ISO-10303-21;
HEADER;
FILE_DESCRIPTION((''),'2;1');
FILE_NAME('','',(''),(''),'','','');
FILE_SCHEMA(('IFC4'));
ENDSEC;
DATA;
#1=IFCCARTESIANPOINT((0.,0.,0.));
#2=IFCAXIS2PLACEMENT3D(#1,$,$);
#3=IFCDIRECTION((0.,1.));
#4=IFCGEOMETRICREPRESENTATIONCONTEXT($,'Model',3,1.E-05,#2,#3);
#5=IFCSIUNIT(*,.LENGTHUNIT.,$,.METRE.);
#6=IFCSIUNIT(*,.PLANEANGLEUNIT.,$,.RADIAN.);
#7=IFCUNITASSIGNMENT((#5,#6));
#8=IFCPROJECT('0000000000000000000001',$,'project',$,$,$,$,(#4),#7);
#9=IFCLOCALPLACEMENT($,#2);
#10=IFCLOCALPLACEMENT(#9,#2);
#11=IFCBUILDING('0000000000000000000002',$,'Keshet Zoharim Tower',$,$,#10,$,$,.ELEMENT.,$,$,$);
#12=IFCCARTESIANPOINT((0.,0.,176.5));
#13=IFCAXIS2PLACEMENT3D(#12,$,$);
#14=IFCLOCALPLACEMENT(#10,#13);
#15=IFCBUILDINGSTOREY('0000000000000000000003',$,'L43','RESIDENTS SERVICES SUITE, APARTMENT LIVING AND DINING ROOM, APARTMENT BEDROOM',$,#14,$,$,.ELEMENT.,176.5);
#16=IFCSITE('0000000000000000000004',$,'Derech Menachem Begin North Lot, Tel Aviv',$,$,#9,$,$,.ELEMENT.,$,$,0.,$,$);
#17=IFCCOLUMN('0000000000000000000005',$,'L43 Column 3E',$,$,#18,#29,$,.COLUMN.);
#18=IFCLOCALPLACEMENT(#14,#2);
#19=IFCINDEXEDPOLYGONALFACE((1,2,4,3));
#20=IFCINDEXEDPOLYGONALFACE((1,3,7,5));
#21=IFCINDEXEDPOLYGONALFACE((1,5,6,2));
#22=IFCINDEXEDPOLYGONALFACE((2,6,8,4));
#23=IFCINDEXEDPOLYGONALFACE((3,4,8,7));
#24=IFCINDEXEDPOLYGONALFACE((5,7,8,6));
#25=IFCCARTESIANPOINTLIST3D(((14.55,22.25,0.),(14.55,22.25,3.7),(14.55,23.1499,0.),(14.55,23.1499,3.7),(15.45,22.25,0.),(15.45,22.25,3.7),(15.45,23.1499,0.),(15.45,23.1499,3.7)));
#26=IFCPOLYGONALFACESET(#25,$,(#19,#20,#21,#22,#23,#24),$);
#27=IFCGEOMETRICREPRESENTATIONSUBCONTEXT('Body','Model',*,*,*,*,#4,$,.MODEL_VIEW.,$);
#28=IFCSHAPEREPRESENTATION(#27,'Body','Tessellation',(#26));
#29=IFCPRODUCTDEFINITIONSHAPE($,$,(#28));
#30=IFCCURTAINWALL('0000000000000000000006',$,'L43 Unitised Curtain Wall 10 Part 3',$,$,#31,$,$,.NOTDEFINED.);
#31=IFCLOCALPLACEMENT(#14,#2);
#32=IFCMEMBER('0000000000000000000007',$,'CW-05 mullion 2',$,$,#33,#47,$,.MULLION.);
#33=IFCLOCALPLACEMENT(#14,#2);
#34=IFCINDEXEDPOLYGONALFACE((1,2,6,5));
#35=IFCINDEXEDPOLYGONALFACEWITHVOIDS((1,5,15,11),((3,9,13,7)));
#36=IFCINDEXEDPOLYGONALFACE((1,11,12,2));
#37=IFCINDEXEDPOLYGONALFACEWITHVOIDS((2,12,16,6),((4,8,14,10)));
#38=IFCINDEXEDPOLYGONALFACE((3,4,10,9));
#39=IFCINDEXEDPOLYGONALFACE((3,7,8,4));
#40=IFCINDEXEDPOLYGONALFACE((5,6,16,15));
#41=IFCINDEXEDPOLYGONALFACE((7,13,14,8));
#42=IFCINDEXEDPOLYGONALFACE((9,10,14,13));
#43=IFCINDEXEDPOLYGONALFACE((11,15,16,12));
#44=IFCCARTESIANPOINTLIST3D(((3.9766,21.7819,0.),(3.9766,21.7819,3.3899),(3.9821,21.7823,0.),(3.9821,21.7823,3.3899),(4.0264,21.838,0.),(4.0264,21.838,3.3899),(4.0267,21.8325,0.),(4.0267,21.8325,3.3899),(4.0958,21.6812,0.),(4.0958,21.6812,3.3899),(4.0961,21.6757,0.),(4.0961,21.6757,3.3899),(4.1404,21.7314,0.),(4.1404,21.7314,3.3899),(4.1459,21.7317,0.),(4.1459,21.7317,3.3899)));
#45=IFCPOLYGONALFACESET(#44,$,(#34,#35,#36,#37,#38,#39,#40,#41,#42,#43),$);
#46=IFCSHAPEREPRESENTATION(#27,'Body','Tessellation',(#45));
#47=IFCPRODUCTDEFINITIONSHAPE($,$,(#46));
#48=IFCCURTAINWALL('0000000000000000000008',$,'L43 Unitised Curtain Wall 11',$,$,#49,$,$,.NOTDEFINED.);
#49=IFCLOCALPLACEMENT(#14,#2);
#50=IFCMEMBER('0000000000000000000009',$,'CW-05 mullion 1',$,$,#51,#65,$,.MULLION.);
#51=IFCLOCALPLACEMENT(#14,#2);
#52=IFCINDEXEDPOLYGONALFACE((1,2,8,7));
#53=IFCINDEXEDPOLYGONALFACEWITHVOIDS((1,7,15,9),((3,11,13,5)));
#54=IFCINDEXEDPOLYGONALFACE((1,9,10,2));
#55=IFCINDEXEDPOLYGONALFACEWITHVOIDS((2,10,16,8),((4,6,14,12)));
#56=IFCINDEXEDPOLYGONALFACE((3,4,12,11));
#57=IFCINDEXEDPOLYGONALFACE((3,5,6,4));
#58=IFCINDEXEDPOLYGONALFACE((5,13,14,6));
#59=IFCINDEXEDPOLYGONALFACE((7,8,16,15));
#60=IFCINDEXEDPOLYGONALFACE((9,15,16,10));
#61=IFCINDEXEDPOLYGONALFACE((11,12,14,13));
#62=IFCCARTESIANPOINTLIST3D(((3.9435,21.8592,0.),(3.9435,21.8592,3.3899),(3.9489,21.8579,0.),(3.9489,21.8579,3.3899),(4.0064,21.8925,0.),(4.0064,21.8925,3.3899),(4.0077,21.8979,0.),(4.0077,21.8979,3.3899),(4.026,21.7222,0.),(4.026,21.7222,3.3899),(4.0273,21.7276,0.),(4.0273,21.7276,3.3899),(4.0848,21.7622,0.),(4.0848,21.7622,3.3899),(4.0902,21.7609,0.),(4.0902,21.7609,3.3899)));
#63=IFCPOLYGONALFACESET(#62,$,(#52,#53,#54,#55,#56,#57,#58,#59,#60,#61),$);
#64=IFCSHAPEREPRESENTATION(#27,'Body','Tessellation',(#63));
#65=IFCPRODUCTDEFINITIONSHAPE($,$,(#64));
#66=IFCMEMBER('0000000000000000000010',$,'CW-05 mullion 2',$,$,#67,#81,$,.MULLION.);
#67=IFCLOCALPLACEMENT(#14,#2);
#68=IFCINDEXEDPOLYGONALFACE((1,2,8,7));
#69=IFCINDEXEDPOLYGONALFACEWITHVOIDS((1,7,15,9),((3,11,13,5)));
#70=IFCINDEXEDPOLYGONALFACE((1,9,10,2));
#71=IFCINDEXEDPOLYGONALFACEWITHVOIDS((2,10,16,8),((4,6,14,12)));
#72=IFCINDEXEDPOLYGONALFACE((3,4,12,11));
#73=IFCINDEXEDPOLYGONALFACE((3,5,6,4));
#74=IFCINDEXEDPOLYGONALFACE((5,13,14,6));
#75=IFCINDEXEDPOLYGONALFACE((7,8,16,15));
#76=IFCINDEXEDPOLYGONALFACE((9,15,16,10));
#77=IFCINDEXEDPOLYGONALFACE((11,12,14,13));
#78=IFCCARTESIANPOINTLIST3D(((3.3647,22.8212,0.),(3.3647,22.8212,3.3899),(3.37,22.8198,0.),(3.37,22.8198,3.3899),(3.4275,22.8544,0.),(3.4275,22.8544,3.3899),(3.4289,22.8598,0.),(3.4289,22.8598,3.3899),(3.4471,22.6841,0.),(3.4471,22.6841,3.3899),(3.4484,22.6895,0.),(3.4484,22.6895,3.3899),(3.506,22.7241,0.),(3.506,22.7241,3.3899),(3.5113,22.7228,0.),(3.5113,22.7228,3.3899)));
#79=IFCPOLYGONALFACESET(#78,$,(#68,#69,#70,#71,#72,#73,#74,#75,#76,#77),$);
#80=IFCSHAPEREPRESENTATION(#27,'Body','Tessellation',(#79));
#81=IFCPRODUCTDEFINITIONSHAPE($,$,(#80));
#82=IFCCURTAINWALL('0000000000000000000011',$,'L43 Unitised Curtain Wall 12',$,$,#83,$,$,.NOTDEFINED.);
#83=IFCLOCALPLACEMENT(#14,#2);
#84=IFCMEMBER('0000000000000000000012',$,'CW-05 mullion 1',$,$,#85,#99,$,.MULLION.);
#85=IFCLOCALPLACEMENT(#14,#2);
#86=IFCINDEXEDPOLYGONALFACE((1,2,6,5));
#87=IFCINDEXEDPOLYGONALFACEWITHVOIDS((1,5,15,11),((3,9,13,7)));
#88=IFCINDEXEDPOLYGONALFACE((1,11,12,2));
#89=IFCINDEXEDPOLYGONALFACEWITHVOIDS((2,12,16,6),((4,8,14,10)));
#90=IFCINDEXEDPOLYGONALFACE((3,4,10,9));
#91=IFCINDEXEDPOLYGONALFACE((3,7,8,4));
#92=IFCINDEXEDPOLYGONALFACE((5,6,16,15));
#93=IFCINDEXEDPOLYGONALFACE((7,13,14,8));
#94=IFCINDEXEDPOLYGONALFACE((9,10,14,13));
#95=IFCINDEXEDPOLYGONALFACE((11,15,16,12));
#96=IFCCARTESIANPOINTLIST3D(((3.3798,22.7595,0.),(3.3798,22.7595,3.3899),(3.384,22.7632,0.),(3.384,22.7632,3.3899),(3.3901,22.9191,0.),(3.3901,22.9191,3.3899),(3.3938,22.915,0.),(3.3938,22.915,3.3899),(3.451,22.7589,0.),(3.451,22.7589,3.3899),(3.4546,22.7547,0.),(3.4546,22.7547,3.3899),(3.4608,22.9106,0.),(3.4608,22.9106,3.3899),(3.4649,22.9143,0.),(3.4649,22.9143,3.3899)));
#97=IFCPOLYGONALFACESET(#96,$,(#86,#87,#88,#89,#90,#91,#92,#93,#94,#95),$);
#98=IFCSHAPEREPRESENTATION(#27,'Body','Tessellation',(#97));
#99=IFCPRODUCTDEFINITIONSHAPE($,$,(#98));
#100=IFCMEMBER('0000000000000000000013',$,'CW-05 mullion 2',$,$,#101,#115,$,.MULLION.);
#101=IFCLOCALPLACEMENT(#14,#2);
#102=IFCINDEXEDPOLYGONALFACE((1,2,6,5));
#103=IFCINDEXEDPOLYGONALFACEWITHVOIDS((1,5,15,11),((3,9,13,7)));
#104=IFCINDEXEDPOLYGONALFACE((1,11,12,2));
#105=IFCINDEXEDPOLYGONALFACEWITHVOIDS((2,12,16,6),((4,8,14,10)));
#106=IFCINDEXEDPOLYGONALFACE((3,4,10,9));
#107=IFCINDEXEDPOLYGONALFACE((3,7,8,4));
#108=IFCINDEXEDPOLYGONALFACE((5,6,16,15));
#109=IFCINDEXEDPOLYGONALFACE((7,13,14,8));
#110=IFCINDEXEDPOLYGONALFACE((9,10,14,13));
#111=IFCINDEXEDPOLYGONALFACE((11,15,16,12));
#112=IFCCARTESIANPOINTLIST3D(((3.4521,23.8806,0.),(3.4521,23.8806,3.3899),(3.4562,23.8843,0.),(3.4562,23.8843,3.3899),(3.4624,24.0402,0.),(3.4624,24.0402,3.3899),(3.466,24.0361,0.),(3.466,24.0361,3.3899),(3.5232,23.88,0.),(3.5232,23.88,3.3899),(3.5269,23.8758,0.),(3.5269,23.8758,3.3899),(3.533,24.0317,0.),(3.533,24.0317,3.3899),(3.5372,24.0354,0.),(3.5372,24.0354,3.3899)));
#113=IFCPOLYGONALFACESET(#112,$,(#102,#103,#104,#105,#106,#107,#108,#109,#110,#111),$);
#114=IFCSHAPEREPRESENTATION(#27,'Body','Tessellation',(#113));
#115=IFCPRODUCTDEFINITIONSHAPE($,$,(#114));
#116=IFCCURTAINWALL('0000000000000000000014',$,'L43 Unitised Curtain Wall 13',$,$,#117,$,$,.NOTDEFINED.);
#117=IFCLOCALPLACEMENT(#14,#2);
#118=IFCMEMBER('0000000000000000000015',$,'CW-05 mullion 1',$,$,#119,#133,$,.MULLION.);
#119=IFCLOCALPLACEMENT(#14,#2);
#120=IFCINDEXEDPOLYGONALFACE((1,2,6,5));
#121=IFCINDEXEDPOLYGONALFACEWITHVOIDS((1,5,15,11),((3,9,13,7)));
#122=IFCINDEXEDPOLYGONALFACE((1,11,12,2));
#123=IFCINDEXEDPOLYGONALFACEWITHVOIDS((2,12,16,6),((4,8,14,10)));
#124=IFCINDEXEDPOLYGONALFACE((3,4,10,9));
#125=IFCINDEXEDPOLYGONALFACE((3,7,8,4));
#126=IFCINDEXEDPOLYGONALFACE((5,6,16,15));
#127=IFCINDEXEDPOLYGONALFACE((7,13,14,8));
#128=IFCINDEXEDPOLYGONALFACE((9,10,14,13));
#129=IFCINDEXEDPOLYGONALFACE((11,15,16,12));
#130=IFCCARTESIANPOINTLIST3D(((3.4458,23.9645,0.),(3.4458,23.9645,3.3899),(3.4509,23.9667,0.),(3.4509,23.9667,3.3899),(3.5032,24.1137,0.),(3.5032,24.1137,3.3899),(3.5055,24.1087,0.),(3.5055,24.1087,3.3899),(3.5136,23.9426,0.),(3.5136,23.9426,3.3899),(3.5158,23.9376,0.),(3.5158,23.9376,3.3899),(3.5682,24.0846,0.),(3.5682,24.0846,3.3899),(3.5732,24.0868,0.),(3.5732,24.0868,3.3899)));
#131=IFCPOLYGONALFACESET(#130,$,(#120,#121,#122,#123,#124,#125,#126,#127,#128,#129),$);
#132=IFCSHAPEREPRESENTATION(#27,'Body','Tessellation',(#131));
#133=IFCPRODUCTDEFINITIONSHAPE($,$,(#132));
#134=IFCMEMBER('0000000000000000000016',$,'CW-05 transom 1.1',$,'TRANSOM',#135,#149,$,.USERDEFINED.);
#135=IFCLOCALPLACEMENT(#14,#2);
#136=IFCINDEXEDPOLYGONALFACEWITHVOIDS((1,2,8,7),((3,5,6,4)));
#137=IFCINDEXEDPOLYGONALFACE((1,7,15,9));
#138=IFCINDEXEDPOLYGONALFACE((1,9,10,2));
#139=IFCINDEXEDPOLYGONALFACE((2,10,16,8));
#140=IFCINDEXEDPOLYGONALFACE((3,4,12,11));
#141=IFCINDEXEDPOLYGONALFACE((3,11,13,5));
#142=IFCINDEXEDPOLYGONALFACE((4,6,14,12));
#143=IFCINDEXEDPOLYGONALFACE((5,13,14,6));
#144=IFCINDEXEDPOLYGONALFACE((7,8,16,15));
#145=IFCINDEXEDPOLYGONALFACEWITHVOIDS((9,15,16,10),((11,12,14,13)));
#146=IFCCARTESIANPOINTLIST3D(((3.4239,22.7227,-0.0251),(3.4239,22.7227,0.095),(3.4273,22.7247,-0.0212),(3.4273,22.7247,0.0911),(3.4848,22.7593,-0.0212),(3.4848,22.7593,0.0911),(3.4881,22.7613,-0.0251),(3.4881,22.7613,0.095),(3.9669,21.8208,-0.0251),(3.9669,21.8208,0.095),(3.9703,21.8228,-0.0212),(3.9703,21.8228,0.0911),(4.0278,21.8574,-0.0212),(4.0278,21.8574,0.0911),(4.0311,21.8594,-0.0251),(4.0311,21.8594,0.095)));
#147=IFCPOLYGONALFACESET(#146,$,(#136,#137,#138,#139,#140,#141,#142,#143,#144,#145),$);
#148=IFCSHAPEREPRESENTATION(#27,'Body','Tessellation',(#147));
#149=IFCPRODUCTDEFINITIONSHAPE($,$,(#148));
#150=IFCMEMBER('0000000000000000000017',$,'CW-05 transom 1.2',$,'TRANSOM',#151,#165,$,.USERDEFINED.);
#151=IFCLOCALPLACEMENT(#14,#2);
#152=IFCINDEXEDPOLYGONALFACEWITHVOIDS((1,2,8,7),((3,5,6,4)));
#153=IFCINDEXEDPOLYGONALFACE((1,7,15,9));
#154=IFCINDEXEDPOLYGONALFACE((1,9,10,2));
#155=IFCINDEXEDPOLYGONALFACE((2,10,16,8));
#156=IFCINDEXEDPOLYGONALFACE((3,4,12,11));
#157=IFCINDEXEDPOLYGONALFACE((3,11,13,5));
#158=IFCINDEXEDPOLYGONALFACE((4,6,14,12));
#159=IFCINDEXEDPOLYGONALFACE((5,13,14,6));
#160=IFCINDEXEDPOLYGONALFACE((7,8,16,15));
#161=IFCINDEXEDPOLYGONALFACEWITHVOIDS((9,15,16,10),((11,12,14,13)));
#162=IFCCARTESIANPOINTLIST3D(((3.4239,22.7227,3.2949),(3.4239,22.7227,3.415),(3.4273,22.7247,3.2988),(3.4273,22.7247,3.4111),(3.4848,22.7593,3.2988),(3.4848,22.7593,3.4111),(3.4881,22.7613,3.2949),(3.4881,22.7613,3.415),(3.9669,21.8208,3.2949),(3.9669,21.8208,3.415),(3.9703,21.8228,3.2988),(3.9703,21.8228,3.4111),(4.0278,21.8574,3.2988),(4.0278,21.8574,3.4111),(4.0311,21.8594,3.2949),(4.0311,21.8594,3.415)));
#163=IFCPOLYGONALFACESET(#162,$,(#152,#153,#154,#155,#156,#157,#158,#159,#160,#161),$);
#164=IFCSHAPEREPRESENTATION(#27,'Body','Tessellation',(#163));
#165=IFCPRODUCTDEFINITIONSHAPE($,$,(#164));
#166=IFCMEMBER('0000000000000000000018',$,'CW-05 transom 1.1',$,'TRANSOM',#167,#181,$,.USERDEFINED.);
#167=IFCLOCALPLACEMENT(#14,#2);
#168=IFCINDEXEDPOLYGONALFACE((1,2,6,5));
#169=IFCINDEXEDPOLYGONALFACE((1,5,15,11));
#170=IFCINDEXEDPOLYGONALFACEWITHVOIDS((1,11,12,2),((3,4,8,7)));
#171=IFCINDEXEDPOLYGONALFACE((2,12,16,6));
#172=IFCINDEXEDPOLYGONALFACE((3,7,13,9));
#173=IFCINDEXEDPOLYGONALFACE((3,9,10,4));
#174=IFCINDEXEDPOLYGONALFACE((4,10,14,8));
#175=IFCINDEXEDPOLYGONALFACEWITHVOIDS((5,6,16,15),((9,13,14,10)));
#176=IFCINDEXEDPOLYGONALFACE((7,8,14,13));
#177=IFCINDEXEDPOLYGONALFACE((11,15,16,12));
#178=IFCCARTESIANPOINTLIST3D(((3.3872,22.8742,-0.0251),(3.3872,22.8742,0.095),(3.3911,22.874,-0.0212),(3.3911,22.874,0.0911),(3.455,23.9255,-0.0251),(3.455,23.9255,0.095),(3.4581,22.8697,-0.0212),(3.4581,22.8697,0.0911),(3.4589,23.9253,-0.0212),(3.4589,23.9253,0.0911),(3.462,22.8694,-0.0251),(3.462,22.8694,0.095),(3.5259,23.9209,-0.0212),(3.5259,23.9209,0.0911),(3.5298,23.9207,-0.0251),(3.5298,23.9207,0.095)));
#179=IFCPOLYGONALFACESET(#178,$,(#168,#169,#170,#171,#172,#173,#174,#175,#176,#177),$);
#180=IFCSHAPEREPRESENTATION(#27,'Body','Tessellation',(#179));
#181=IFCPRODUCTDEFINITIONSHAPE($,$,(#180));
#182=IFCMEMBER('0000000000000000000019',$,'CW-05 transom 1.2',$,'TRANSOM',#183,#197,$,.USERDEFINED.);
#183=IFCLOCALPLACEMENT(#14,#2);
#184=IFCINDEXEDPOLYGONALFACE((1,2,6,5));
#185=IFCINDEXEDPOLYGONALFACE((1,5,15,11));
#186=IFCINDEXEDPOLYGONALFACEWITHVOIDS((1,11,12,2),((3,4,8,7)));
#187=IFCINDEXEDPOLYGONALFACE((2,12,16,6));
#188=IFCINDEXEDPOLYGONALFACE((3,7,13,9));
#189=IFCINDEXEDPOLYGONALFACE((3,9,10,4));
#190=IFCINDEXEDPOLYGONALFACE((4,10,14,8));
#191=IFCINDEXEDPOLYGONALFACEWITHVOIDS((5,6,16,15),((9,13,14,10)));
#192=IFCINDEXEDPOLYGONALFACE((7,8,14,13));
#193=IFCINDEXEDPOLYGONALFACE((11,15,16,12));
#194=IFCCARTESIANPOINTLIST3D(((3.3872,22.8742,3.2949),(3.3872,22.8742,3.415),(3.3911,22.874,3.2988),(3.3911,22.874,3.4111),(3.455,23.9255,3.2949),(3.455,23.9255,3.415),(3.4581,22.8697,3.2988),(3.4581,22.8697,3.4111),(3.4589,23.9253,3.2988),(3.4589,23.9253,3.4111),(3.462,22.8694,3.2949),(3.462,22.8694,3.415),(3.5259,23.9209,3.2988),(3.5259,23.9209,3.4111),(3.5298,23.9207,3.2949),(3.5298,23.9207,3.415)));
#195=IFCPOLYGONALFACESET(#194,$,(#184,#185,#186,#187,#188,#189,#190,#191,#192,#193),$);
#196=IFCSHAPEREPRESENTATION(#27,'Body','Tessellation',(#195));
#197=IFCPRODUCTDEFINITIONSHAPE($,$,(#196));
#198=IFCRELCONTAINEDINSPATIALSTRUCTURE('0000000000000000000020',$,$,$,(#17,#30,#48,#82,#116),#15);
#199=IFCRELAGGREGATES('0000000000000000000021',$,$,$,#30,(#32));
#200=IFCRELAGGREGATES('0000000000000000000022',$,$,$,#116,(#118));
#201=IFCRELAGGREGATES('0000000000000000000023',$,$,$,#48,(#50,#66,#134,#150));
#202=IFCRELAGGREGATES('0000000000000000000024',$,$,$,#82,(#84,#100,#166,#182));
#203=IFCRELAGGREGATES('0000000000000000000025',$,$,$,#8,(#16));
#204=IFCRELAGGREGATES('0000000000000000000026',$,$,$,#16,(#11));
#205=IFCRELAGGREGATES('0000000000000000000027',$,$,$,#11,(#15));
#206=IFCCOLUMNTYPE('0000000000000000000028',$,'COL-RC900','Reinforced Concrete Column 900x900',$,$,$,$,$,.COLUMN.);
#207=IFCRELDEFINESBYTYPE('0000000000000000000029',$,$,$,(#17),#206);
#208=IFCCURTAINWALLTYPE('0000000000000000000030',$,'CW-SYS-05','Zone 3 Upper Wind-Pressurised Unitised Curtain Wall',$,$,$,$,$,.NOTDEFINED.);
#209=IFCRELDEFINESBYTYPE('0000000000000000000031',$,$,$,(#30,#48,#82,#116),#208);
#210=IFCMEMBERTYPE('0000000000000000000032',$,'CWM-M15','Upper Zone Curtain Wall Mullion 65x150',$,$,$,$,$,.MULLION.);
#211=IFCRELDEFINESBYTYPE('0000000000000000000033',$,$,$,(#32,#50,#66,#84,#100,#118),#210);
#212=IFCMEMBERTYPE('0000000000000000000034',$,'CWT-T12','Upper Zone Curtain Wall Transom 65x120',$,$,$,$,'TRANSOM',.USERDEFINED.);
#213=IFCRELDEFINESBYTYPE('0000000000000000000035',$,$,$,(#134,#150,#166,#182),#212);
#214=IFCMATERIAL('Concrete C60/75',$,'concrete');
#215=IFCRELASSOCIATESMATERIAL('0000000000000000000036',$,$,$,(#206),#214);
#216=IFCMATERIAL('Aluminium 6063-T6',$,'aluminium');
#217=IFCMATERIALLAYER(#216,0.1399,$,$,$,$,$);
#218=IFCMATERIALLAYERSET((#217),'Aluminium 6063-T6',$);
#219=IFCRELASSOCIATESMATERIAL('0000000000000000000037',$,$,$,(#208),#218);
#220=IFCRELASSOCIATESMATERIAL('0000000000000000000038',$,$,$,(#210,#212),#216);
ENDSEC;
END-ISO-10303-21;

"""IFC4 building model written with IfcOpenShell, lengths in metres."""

from ifc_helpers import new_model, si_unit, direction, frame, origin, origin_2d, place, context, subcontext, project, spatial, rectangle, hollow_rectangle, extrude, material, layer, layer_set, material_profile, profile_set, type_object, element, aggregate, save


model = new_model("IFC4")

# Units and contexts
model_context = context("Model", 3, precision=1e-05, world=origin(), true_north=direction((0.0, 1.0)))
body_context = subcontext(model_context, "Body", "Model", "MODEL_VIEW")
ifc_project = project(units=[si_unit("LENGTHUNIT", "METRE"), si_unit("PLANEANGLEUNIT", "RADIAN")], contexts=[model_context])

# Site, building, storey
site_placement = place(None, origin())
site = spatial("IfcSite", under=ifc_project, at=site_placement, Name="Derech Menachem Begin North Lot, Tel Aviv", CompositionType="ELEMENT", RefElevation=0.0)
building_placement = place(site_placement, origin())
building = spatial("IfcBuilding", under=site, at=building_placement, Name="Keshet Zoharim Tower", CompositionType="ELEMENT")
storey_placement = place(building_placement, frame((0.0, 0.0, 176.5)))
storey = spatial("IfcBuildingStorey", under=building, at=storey_placement, Name="L43", Description="RESIDENTS SERVICES SUITE, APARTMENT LIVING AND DINING ROOM, APARTMENT BEDROOM", CompositionType="ELEMENT", Elevation=176.5)

# Column
ifc_material_1 = material(Name="Concrete C60/75", Category="concrete")
ifc_material_profile_1 = material_profile(ifc_material_1, rectangle(XDim=0.8999, YDim=0.8999, at=origin_2d()), Name="RC900x900")
ifc_profile_set_1 = profile_set([ifc_material_profile_1], Name="Concrete C60/75")
column_type = type_object("IfcColumnType", Name="COL-RC900", Description="Reinforced Concrete Column 900x900", PredefinedType="COLUMN", material=ifc_profile_set_1)
column_placement = place(storey_placement, frame((15.0, 22.7, 0.0), z_axis=(0.0, 0.0, 1.0), x_axis=(1.0, 0.0, 0.0)))
element("IfcColumn", 1, at=column_placement, inside=storey, type_object=column_type, Name="L43 Column 3E", PredefinedType="COLUMN", context=body_context, shape_type="SweptSolid", body=[
    extrude(rectangle(XDim=0.8999, YDim=0.8999, at=origin_2d()), origin(), (0.0, 0.0, 1.0), 3.7),
])

# Curtain wall, member
ifc_material_2 = material(Name="Aluminium 6063-T6", Category="aluminium")
ifc_layer_1 = layer(ifc_material_2, 0.1399)
ifc_layer_set_1 = layer_set([ifc_layer_1], Name="Aluminium 6063-T6")
curtain_wall_type = type_object("IfcCurtainWallType", Name="CW-SYS-05", Description="Zone 3 Upper Wind-Pressurised Unitised Curtain Wall", PredefinedType="NOTDEFINED", material=ifc_layer_set_1)
curtain_wall_1_placement = place(storey_placement, origin())
curtain_wall_1 = element("IfcCurtainWall", 2, at=curtain_wall_1_placement, inside=storey, type_object=curtain_wall_type, Name="L43 Unitised Curtain Wall 10 Part 3", PredefinedType="NOTDEFINED")
ifc_material_profile_2 = material_profile(ifc_material_2, hollow_rectangle(XDim=0.075, YDim=0.1599, WallThickness=0.0039, at=origin_2d()), Name="MUL-75x160")
ifc_profile_set_2 = profile_set([ifc_material_profile_2], Name="Aluminium 6063-T6")
member_type_1 = type_object("IfcMemberType", Name="CWM-M15", Description="Upper Zone Curtain Wall Mullion 65x150", PredefinedType="MULLION", material=ifc_profile_set_2)
member_1_placement = place(storey_placement, frame((4.0613, 21.7568, 0.0), z_axis=(0.0, 0.0, 1.0), x_axis=(-0.664367, -0.747407, 0.0)))
member_1 = element("IfcMember", 3, at=member_1_placement, type_object=member_type_1, Name="CW-05 mullion 2", PredefinedType="MULLION", context=body_context, shape_type="SweptSolid", body=[
    extrude(hollow_rectangle(XDim=0.075, YDim=0.1599, WallThickness=0.0039, at=origin_2d()), origin(), (0.0, 0.0, 1.0), 3.3899),
])
aggregate(curtain_wall_1, [member_1])

# Curtain walls, members
curtain_wall_2_placement = place(storey_placement, origin())
curtain_wall_2 = element("IfcCurtainWall", 4, at=curtain_wall_2_placement, inside=storey, type_object=curtain_wall_type, Name="L43 Unitised Curtain Wall 11", PredefinedType="NOTDEFINED")
member_2_placement = place(storey_placement, frame((4.0168, 21.8101, 0.0), z_axis=(0.0, 0.0, 1.0), x_axis=(-0.856826, -0.515605, 0.0)))
member_2 = element("IfcMember", 5, at=member_2_placement, type_object=member_type_1, Name="CW-05 mullion 1", PredefinedType="MULLION", context=body_context, shape_type="SweptSolid", body=[
    extrude(hollow_rectangle(XDim=0.075, YDim=0.1599, WallThickness=0.0039, at=origin_2d()), origin(), (0.0, 0.0, 1.0), 3.3899),
])
member_3_placement = place(storey_placement, frame((3.438, 22.772, 0.0), z_axis=(0.0, 0.0, 1.0), x_axis=(-0.856826, -0.515605, 0.0)))
member_3 = element("IfcMember", 6, at=member_3_placement, type_object=member_type_1, Name="CW-05 mullion 2", PredefinedType="MULLION", context=body_context, shape_type="SweptSolid", body=[
    extrude(hollow_rectangle(XDim=0.075, YDim=0.1599, WallThickness=0.0039, at=origin_2d()), origin(), (0.0, 0.0, 1.0), 3.3899),
])
curtain_wall_3_placement = place(storey_placement, origin())
curtain_wall_3 = element("IfcCurtainWall", 7, at=curtain_wall_3_placement, inside=storey, type_object=curtain_wall_type, Name="L43 Unitised Curtain Wall 12", PredefinedType="NOTDEFINED")
member_4_placement = place(storey_placement, frame((3.4224, 22.8369, 0.0), z_axis=(0.0, 0.0, 1.0), x_axis=(-0.997917, 0.064517, 0.0)))
member_4 = element("IfcMember", 8, at=member_4_placement, type_object=member_type_1, Name="CW-05 mullion 1", PredefinedType="MULLION", context=body_context, shape_type="SweptSolid", body=[
    extrude(hollow_rectangle(XDim=0.075, YDim=0.1599, WallThickness=0.0039, at=origin_2d()), origin(), (0.0, 0.0, 1.0), 3.3899),
])
member_5_placement = place(storey_placement, frame((3.4946, 23.958, 0.0), z_axis=(0.0, 0.0, 1.0), x_axis=(-0.997917, 0.064517, 0.0)))
member_5 = element("IfcMember", 9, at=member_5_placement, type_object=member_type_1, Name="CW-05 mullion 2", PredefinedType="MULLION", context=body_context, shape_type="SweptSolid", body=[
    extrude(hollow_rectangle(XDim=0.075, YDim=0.1599, WallThickness=0.0039, at=origin_2d()), origin(), (0.0, 0.0, 1.0), 3.3899),
])

# Curtain wall, member
curtain_wall_4_placement = place(storey_placement, origin())
curtain_wall_4 = element("IfcCurtainWall", 10, at=curtain_wall_4_placement, inside=storey, type_object=curtain_wall_type, Name="L43 Unitised Curtain Wall 13", PredefinedType="NOTDEFINED")
member_6_placement = place(storey_placement, frame((3.5095, 24.0256, 0.0), z_axis=(0.0, 0.0, 1.0), x_axis=(-0.933341, 0.35899, 0.0)))
member_6 = element("IfcMember", 11, at=member_6_placement, type_object=member_type_1, Name="CW-05 mullion 1", PredefinedType="MULLION", context=body_context, shape_type="SweptSolid", body=[
    extrude(hollow_rectangle(XDim=0.075, YDim=0.1599, WallThickness=0.0039, at=origin_2d()), origin(), (0.0, 0.0, 1.0), 3.3899),
])

# Members
ifc_material_profile_3 = material_profile(ifc_material_2, hollow_rectangle(XDim=0.075, YDim=0.1201, WallThickness=0.0039, at=origin_2d()), Name="TRN-75x120")
ifc_profile_set_3 = profile_set([ifc_material_profile_3], Name="Aluminium 6063-T6")
member_type_2 = type_object("IfcMemberType", Name="CWT-T12", Description="Upper Zone Curtain Wall Transom 65x120", ElementType="TRANSOM", PredefinedType="USERDEFINED", material=ifc_profile_set_3)
member_7_placement = place(storey_placement, frame((3.999, 21.8401, 0.0349), z_axis=(-0.515791, 0.856714, 0.0), x_axis=(-0.856714, -0.515791, 0.0)))
member_7 = element("IfcMember", 12, at=member_7_placement, type_object=member_type_2, Name="CW-05 transom 1.1", ObjectType="TRANSOM", PredefinedType="USERDEFINED", context=body_context, shape_type="SweptSolid", body=[
    extrude(hollow_rectangle(XDim=0.075, YDim=0.1201, WallThickness=0.0039, at=origin_2d()), origin(), (0.0, 0.0, 1.0), 1.0527),
])
member_8_placement = place(storey_placement, frame((3.999, 21.8401, 3.355), z_axis=(-0.515791, 0.856714, 0.0), x_axis=(-0.856714, -0.515791, 0.0)))
member_8 = element("IfcMember", 13, at=member_8_placement, type_object=member_type_2, Name="CW-05 transom 1.2", ObjectType="TRANSOM", PredefinedType="USERDEFINED", context=body_context, shape_type="SweptSolid", body=[
    extrude(hollow_rectangle(XDim=0.075, YDim=0.1201, WallThickness=0.0039, at=origin_2d()), origin(), (0.0, 0.0, 1.0), 1.0527),
])
member_9_placement = place(storey_placement, frame((3.4246, 22.8718, 0.0349), z_axis=(0.064427, 0.997922, 0.0), x_axis=(-0.997922, 0.064427, 0.0)))
member_9 = element("IfcMember", 14, at=member_9_placement, type_object=member_type_2, Name="CW-05 transom 1.1", ObjectType="TRANSOM", PredefinedType="USERDEFINED", context=body_context, shape_type="SweptSolid", body=[
    extrude(hollow_rectangle(XDim=0.075, YDim=0.1201, WallThickness=0.0039, at=origin_2d()), origin(), (0.0, 0.0, 1.0), 1.0535),
])
member_10_placement = place(storey_placement, frame((3.4246, 22.8718, 3.355), z_axis=(0.064427, 0.997922, 0.0), x_axis=(-0.997922, 0.064427, 0.0)))
member_10 = element("IfcMember", 15, at=member_10_placement, type_object=member_type_2, Name="CW-05 transom 1.2", ObjectType="TRANSOM", PredefinedType="USERDEFINED", context=body_context, shape_type="SweptSolid", body=[
    extrude(hollow_rectangle(XDim=0.075, YDim=0.1201, WallThickness=0.0039, at=origin_2d()), origin(), (0.0, 0.0, 1.0), 1.0535),
])
aggregate(curtain_wall_4, [member_6])

aggregate(curtain_wall_2, [member_2, member_3, member_7, member_8])
aggregate(curtain_wall_3, [member_4, member_5, member_9, member_10])

save(model, "model.ifc")
